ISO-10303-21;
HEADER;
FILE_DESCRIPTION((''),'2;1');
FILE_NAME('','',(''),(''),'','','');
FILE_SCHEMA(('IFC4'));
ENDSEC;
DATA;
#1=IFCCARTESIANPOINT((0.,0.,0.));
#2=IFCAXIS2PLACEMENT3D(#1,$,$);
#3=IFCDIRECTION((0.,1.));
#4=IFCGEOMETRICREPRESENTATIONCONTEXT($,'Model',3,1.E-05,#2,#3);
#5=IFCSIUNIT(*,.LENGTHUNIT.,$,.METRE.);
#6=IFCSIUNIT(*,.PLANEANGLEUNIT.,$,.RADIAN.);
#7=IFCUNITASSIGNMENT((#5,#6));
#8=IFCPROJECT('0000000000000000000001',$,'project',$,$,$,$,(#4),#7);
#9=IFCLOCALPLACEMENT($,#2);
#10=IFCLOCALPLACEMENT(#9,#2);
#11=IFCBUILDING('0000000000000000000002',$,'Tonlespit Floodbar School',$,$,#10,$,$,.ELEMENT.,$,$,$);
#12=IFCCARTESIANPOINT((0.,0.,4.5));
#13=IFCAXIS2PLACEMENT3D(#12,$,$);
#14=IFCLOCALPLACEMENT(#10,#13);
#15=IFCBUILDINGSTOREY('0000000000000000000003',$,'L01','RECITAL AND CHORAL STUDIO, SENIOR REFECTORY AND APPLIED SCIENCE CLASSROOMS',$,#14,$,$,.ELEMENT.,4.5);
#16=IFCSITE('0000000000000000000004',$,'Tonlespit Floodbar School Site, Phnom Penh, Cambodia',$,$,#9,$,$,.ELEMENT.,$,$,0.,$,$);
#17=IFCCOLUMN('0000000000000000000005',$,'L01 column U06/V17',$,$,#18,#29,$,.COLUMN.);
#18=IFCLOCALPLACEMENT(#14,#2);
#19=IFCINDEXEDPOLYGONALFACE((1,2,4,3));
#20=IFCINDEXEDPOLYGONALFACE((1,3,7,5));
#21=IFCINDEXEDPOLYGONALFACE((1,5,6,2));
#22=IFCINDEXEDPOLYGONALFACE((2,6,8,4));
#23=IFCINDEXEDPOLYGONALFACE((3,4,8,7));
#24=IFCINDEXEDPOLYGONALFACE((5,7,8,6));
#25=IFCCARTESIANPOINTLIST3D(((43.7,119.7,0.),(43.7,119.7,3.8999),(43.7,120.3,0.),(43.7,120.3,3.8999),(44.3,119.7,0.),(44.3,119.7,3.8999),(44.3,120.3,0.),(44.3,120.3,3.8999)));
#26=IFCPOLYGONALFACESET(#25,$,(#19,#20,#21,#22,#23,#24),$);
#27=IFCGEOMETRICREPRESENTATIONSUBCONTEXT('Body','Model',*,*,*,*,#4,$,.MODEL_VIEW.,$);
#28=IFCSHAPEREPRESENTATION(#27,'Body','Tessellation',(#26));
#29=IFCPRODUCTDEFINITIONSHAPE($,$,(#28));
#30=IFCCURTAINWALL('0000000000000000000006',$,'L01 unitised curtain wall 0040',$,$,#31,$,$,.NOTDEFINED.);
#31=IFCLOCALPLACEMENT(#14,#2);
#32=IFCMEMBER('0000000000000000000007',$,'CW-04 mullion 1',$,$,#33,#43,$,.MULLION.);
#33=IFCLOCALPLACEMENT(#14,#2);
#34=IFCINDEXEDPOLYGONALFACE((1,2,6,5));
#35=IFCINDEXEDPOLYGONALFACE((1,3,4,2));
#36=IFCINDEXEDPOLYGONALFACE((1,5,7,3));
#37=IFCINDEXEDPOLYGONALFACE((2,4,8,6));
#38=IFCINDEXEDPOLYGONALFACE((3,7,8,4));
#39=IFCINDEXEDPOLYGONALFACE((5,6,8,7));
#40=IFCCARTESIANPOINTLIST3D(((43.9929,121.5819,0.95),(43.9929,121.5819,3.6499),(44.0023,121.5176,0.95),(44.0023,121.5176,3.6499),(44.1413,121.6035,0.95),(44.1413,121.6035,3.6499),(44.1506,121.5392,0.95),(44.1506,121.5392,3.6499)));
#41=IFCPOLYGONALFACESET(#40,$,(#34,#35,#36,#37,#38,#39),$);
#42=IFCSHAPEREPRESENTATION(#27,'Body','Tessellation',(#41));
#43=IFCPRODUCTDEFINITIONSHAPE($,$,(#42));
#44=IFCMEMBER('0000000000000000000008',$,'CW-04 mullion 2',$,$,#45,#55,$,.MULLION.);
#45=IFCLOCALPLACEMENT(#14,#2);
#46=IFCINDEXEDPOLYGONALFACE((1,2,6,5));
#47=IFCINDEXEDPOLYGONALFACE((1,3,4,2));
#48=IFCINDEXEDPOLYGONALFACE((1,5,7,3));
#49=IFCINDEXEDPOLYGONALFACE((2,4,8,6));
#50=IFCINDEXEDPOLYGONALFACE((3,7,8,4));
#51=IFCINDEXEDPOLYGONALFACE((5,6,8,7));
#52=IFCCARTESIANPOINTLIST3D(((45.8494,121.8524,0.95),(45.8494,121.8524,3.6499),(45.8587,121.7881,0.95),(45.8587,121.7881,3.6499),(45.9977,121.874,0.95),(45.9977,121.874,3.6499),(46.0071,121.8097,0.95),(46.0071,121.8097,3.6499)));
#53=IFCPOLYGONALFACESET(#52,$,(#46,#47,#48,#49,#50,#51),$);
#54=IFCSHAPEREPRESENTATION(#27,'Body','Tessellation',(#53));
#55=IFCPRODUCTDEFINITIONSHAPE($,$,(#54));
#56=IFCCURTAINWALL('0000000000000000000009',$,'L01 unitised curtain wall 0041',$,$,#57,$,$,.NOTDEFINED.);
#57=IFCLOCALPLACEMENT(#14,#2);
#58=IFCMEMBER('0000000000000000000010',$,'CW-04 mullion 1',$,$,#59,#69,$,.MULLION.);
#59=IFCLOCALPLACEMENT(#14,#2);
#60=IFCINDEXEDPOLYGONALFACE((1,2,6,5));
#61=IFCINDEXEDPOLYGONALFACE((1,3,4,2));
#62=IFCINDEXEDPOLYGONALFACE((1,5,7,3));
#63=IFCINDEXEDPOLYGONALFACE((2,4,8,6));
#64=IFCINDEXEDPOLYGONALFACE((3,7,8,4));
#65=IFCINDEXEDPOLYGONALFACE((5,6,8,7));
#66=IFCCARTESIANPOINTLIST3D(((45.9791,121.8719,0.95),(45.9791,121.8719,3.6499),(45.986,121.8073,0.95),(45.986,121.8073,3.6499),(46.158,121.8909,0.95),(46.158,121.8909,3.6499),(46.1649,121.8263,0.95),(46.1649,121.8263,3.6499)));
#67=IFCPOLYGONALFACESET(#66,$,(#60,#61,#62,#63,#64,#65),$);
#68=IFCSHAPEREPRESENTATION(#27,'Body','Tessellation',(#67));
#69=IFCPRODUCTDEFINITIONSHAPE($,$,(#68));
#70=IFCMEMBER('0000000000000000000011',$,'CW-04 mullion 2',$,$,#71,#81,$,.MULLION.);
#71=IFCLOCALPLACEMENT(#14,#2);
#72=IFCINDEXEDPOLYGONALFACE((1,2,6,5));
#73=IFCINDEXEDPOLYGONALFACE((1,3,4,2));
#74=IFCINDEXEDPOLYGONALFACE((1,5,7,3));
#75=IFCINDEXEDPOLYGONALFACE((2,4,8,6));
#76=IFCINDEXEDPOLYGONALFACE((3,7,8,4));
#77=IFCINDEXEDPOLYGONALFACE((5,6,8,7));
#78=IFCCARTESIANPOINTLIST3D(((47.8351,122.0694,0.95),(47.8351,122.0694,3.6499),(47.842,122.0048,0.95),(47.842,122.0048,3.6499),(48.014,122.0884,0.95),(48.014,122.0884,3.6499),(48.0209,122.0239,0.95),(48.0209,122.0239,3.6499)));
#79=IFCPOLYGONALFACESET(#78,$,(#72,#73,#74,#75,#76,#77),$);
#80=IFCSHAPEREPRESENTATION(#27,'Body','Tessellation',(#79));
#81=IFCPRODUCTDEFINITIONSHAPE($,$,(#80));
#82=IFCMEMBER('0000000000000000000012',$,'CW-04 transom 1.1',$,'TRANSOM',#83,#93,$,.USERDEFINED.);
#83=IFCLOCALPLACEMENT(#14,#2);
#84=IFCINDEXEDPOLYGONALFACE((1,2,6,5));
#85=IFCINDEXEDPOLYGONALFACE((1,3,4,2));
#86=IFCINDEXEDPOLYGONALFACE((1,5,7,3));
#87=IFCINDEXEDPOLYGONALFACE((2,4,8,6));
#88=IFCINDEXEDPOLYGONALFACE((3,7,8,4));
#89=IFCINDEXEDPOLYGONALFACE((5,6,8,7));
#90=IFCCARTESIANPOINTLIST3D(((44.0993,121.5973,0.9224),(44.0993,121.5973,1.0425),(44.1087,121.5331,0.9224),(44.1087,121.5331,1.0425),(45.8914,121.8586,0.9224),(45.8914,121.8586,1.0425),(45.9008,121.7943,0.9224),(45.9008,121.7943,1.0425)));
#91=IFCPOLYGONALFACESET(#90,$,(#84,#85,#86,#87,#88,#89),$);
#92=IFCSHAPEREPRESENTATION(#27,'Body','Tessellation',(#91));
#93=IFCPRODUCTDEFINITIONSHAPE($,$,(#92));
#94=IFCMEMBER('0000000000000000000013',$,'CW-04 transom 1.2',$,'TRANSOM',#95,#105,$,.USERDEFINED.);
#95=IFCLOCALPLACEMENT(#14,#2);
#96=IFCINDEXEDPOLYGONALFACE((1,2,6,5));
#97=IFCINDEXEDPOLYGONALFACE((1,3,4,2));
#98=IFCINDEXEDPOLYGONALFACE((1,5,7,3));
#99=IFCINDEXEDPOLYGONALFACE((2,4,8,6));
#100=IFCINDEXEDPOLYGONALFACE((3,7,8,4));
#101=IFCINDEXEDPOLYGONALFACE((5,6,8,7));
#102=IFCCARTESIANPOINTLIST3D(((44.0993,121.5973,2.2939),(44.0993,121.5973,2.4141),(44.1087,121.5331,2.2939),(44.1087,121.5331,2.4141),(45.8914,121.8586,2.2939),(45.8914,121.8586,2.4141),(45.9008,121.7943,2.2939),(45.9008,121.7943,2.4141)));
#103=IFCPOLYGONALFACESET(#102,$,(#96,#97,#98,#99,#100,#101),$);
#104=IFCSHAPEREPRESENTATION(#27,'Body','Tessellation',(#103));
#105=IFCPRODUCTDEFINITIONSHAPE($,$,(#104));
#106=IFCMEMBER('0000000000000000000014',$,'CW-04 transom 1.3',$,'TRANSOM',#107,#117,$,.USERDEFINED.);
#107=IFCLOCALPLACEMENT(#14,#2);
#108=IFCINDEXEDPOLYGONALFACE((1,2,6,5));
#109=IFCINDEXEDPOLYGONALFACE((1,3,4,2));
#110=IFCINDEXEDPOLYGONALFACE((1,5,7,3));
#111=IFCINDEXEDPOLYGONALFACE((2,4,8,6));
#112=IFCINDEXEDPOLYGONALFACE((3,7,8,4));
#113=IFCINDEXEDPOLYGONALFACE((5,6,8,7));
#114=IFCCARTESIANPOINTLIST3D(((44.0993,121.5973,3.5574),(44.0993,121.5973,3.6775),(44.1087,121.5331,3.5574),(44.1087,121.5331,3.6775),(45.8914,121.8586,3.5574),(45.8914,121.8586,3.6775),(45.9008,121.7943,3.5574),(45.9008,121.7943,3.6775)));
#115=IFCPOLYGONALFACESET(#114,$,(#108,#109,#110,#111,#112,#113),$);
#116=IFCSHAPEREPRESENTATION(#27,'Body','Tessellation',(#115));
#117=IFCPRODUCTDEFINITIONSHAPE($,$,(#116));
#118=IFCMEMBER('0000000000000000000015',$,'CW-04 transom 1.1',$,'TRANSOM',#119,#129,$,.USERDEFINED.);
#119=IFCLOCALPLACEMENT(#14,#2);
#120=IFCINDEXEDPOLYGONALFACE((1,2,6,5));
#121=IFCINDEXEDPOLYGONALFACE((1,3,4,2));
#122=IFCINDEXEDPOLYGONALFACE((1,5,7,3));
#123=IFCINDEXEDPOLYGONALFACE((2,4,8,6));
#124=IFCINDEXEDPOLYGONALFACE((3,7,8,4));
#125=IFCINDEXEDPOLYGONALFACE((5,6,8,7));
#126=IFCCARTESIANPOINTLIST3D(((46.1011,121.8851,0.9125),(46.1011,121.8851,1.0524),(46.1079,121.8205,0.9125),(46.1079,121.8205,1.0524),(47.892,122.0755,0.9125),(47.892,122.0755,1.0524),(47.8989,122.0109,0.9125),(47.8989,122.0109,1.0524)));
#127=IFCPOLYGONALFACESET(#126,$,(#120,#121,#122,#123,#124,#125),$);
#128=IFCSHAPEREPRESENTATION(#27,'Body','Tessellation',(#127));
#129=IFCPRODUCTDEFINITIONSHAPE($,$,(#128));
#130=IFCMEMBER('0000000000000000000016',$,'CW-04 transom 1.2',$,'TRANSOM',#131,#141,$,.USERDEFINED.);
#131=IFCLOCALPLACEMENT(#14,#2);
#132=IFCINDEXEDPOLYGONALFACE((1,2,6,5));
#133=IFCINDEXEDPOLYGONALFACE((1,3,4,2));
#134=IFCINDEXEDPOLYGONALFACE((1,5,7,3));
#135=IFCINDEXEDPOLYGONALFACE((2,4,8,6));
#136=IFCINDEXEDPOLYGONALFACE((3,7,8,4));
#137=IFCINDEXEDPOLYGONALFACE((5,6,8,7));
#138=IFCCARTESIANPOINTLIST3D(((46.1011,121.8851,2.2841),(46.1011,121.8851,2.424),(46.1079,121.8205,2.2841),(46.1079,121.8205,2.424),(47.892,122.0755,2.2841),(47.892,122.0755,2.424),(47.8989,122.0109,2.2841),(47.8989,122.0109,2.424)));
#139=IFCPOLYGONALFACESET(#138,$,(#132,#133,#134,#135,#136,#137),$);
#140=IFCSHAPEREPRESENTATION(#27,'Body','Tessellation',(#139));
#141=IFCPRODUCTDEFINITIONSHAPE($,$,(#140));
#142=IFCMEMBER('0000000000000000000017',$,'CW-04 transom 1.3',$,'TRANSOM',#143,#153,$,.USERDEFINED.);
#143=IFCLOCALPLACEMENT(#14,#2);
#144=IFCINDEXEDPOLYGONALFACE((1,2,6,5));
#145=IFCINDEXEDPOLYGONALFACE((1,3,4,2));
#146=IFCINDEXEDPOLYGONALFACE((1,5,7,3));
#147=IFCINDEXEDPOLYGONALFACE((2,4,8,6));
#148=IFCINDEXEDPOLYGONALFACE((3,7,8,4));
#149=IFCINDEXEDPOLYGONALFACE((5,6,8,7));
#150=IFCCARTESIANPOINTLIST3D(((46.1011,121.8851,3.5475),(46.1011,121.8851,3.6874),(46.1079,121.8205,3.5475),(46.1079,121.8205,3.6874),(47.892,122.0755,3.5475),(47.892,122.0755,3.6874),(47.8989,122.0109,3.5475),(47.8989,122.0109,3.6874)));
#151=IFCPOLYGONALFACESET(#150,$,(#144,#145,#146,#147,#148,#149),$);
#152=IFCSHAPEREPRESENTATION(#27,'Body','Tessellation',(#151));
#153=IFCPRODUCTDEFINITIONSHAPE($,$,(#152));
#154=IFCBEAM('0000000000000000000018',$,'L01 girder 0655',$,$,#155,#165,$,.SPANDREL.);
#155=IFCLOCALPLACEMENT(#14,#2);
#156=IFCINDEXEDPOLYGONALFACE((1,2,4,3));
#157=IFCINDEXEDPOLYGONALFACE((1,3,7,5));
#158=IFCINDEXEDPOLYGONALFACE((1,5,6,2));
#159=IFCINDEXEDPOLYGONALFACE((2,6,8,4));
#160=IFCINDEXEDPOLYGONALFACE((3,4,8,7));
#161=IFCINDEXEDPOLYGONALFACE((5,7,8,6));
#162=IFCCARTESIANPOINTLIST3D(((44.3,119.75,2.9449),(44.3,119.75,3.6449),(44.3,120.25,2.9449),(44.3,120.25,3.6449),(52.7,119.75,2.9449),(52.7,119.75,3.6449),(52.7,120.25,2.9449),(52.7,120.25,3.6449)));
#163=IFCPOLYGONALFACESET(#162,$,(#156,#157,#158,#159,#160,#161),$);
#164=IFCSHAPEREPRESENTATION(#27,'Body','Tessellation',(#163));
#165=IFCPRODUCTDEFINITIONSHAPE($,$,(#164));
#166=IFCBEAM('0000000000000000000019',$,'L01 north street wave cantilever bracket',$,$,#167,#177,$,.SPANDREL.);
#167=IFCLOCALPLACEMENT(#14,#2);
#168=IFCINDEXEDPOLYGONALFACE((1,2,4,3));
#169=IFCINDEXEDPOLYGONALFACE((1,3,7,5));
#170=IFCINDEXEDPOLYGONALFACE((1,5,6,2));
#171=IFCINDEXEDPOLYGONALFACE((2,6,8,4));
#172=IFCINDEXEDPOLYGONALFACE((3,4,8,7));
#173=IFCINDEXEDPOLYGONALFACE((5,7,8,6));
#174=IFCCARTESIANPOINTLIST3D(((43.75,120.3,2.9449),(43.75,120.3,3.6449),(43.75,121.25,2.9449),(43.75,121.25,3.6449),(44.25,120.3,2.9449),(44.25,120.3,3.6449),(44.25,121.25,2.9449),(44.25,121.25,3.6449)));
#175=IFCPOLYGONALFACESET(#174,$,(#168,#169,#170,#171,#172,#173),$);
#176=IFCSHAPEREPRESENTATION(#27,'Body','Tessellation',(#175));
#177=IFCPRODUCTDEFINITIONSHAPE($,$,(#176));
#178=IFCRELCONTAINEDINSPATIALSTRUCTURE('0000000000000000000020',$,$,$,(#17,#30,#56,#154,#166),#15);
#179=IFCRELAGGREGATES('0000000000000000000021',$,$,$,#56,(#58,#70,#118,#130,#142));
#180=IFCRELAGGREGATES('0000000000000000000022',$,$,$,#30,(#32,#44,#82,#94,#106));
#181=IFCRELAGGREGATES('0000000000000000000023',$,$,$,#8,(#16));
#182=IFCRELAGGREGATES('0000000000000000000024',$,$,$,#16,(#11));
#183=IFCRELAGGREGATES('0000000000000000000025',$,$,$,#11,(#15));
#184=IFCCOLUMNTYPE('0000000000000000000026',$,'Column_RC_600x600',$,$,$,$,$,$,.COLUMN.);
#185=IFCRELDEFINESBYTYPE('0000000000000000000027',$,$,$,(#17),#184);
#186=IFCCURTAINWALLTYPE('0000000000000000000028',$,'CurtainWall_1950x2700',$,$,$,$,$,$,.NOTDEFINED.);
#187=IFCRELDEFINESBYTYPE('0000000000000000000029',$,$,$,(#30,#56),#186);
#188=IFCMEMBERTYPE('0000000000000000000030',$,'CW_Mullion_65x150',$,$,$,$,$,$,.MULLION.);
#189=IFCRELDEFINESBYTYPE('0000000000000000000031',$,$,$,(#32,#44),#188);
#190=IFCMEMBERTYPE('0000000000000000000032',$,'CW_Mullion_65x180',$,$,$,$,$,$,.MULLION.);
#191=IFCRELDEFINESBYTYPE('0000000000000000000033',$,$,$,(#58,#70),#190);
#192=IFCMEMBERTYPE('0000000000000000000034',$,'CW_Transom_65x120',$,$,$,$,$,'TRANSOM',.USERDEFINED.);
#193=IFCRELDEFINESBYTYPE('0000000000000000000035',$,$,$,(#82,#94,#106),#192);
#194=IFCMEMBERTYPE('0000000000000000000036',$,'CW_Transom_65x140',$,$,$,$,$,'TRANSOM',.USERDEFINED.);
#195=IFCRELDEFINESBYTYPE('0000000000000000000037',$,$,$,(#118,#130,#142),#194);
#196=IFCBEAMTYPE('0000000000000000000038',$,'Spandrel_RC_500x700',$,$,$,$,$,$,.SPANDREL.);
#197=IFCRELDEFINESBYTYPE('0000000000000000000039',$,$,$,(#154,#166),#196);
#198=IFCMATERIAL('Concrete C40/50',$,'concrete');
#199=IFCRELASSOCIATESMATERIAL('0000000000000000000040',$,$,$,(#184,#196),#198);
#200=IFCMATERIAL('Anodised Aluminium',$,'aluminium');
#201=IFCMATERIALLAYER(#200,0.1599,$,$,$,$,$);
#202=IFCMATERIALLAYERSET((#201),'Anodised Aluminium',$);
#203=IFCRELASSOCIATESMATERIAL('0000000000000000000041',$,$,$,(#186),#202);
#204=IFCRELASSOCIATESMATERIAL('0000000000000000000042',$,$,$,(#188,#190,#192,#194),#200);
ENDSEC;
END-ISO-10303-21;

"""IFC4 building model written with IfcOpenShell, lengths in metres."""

from ifc_helpers import new_model, si_unit, direction, frame, origin, origin_2d, place, context, subcontext, project, spatial, rectangle, extrude, material, layer, layer_set, material_profile, profile_set, type_object, element, aggregate, save


model = new_model("IFC4")

# Units and contexts
model_context = context("Model", 3, precision=1e-05, world=origin(), true_north=direction((0.0, 1.0)))
body_context = subcontext(model_context, "Body", "Model", "MODEL_VIEW")
ifc_project = project(units=[si_unit("LENGTHUNIT", "METRE"), si_unit("PLANEANGLEUNIT", "RADIAN")], contexts=[model_context])

# Site, building, storey
site_placement = place(None, origin())
site = spatial("IfcSite", under=ifc_project, at=site_placement, Name="Tonlespit Floodbar School Site, Phnom Penh, Cambodia", CompositionType="ELEMENT", RefElevation=0.0)
building_placement = place(site_placement, origin())
building = spatial("IfcBuilding", under=site, at=building_placement, Name="Tonlespit Floodbar School", CompositionType="ELEMENT")
storey_placement = place(building_placement, frame((0.0, 0.0, 4.5)))
storey = spatial("IfcBuildingStorey", under=building, at=storey_placement, Name="L01", Description="RECITAL AND CHORAL STUDIO, SENIOR REFECTORY AND APPLIED SCIENCE CLASSROOMS", CompositionType="ELEMENT", Elevation=4.5)

# Column
ifc_material_1 = material(Name="Concrete C40/50", Category="concrete")
ifc_material_profile_1 = material_profile(ifc_material_1, rectangle(XDim=0.6001, YDim=0.6001, at=origin_2d()), Name="RC 600x600")
ifc_profile_set_1 = profile_set([ifc_material_profile_1], Name="Concrete C40/50")
column_type = type_object("IfcColumnType", Name="Column_RC_600x600", PredefinedType="COLUMN", material=ifc_profile_set_1)
column_placement = place(storey_placement, frame((44.0, 120.0, 0.0), z_axis=(0.0, 0.0, 1.0), x_axis=(1.0, 0.0, 0.0)))
element("IfcColumn", 1, at=column_placement, inside=storey, type_object=column_type, Name="L01 column U06/V17", PredefinedType="COLUMN", context=body_context, shape_type="SweptSolid", body=[
    extrude(rectangle(XDim=0.6001, YDim=0.6001, at=origin_2d()), origin(), (0.0, 0.0, 1.0), 3.8999),
])

# Curtain walls, members
ifc_material_2 = material(Name="Anodised Aluminium", Category="aluminium")
ifc_layer_1 = layer(ifc_material_2, 0.1599)
ifc_layer_set_1 = layer_set([ifc_layer_1], Name="Anodised Aluminium")
curtain_wall_type = type_object("IfcCurtainWallType", Name="CurtainWall_1950x2700", PredefinedType="NOTDEFINED", material=ifc_layer_set_1)
curtain_wall_1_placement = place(storey_placement, origin())
curtain_wall_1 = element("IfcCurtainWall", 2, at=curtain_wall_1_placement, inside=storey, type_object=curtain_wall_type, Name="L01 unitised curtain wall 0040", PredefinedType="NOTDEFINED")
ifc_material_profile_2 = material_profile(ifc_material_2, rectangle(XDim=0.0649, YDim=0.1499, at=origin_2d()), Name="ALU M65x150")
ifc_profile_set_2 = profile_set([ifc_material_profile_2], Name="Anodised Aluminium")
member_type_1 = type_object("IfcMemberType", Name="CW_Mullion_65x150", PredefinedType="MULLION", material=ifc_profile_set_2)
member_1_placement = place(storey_placement, frame((44.0718, 121.5605, 0.95), z_axis=(0.0, 0.0, 1.0), x_axis=(-0.144248, 0.989542, 0.0)))
member_1 = element("IfcMember", 3, at=member_1_placement, type_object=member_type_1, Name="CW-04 mullion 1", PredefinedType="MULLION", context=body_context, shape_type="SweptSolid", body=[
    extrude(rectangle(XDim=0.0649, YDim=0.1499, at=origin_2d()), origin(), (0.0, 0.0, 1.0), 2.7),
])
member_2_placement = place(storey_placement, frame((45.9282, 121.8311, 0.95), z_axis=(0.0, 0.0, 1.0), x_axis=(-0.144248, 0.989542, 0.0)))
member_2 = element("IfcMember", 4, at=member_2_placement, type_object=member_type_1, Name="CW-04 mullion 2", PredefinedType="MULLION", context=body_context, shape_type="SweptSolid", body=[
    extrude(rectangle(XDim=0.0649, YDim=0.1499, at=origin_2d()), origin(), (0.0, 0.0, 1.0), 2.7),
])
curtain_wall_2_placement = place(storey_placement, origin())
curtain_wall_2 = element("IfcCurtainWall", 5, at=curtain_wall_2_placement, inside=storey, type_object=curtain_wall_type, Name="L01 unitised curtain wall 0041", PredefinedType="NOTDEFINED")
ifc_material_profile_3 = material_profile(ifc_material_2, rectangle(XDim=0.0649, YDim=0.1799, at=origin_2d()), Name="ALU M65x180")
ifc_profile_set_3 = profile_set([ifc_material_profile_3], Name="Anodised Aluminium")
member_type_2 = type_object("IfcMemberType", Name="CW_Mullion_65x180", PredefinedType="MULLION", material=ifc_profile_set_3)
member_3_placement = place(storey_placement, frame((46.072, 121.8491, 0.95), z_axis=(0.0, 0.0, 1.0), x_axis=(-0.105787, 0.994389, 0.0)))
member_3 = element("IfcMember", 6, at=member_3_placement, type_object=member_type_2, Name="CW-04 mullion 1", PredefinedType="MULLION", context=body_context, shape_type="SweptSolid", body=[
    extrude(rectangle(XDim=0.0649, YDim=0.1799, at=origin_2d()), origin(), (0.0, 0.0, 1.0), 2.7),
])
member_4_placement = place(storey_placement, frame((47.928, 122.0466, 0.95), z_axis=(0.0, 0.0, 1.0), x_axis=(-0.105787, 0.994389, 0.0)))
member_4 = element("IfcMember", 7, at=member_4_placement, type_object=member_type_2, Name="CW-04 mullion 2", PredefinedType="MULLION", context=body_context, shape_type="SweptSolid", body=[
    extrude(rectangle(XDim=0.0649, YDim=0.1799, at=origin_2d()), origin(), (0.0, 0.0, 1.0), 2.7),
])

# Members
ifc_material_profile_4 = material_profile(ifc_material_2, rectangle(XDim=0.0649, YDim=0.1201, at=origin_2d()), Name="ALU T65x120")
ifc_profile_set_4 = profile_set([ifc_material_profile_4], Name="Anodised Aluminium")
member_type_3 = type_object("IfcMemberType", Name="CW_Transom_65x120", ElementType="TRANSOM", PredefinedType="USERDEFINED", material=ifc_profile_set_4)
member_5_placement = place(storey_placement, frame((44.104, 121.5652, 0.9824), z_axis=(0.989541, 0.144252, 0.0), x_axis=(-0.144252, 0.989541, 0.0)))
member_5 = element("IfcMember", 8, at=member_5_placement, type_object=member_type_3, Name="CW-04 transom 1.1", ObjectType="TRANSOM", PredefinedType="USERDEFINED", context=body_context, shape_type="SweptSolid", body=[
    extrude(rectangle(XDim=0.0649, YDim=0.1201, at=origin_2d()), origin(), (0.0, 0.0, 1.0), 1.811),
])
member_6_placement = place(storey_placement, frame((44.104, 121.5652, 2.354), z_axis=(0.989541, 0.144252, 0.0), x_axis=(-0.144252, 0.989541, 0.0)))
member_6 = element("IfcMember", 9, at=member_6_placement, type_object=member_type_3, Name="CW-04 transom 1.2", ObjectType="TRANSOM", PredefinedType="USERDEFINED", context=body_context, shape_type="SweptSolid", body=[
    extrude(rectangle(XDim=0.0649, YDim=0.1201, at=origin_2d()), origin(), (0.0, 0.0, 1.0), 1.811),
])
member_7_placement = place(storey_placement, frame((44.104, 121.5652, 3.6174), z_axis=(0.989541, 0.144252, 0.0), x_axis=(-0.144252, 0.989541, 0.0)))
member_7 = element("IfcMember", 10, at=member_7_placement, type_object=member_type_3, Name="CW-04 transom 1.3", ObjectType="TRANSOM", PredefinedType="USERDEFINED", context=body_context, shape_type="SweptSolid", body=[
    extrude(rectangle(XDim=0.0649, YDim=0.1201, at=origin_2d()), origin(), (0.0, 0.0, 1.0), 1.811),
])
ifc_material_profile_5 = material_profile(ifc_material_2, rectangle(XDim=0.0649, YDim=0.1399, at=origin_2d()), Name="ALU T65x140")
ifc_profile_set_5 = profile_set([ifc_material_profile_5], Name="Anodised Aluminium")
member_type_4 = type_object("IfcMemberType", Name="CW_Transom_65x140", ElementType="TRANSOM", PredefinedType="USERDEFINED", material=ifc_profile_set_5)
member_8_placement = place(storey_placement, frame((46.1045, 121.8528, 0.9824), z_axis=(0.994395, 0.105729, 0.0), x_axis=(-0.105729, 0.994395, 0.0)))
member_8 = element("IfcMember", 11, at=member_8_placement, type_object=member_type_4, Name="CW-04 transom 1.1", ObjectType="TRANSOM", PredefinedType="USERDEFINED", context=body_context, shape_type="SweptSolid", body=[
    extrude(rectangle(XDim=0.0649, YDim=0.1399, at=origin_2d()), origin(), (0.0, 0.0, 1.0), 1.801),
])
member_9_placement = place(storey_placement, frame((46.1045, 121.8528, 2.354), z_axis=(0.994395, 0.105729, 0.0), x_axis=(-0.105729, 0.994395, 0.0)))
member_9 = element("IfcMember", 12, at=member_9_placement, type_object=member_type_4, Name="CW-04 transom 1.2", ObjectType="TRANSOM", PredefinedType="USERDEFINED", context=body_context, shape_type="SweptSolid", body=[
    extrude(rectangle(XDim=0.0649, YDim=0.1399, at=origin_2d()), origin(), (0.0, 0.0, 1.0), 1.801),
])
member_10_placement = place(storey_placement, frame((46.1045, 121.8528, 3.6174), z_axis=(0.994395, 0.105729, 0.0), x_axis=(-0.105729, 0.994395, 0.0)))
member_10 = element("IfcMember", 13, at=member_10_placement, type_object=member_type_4, Name="CW-04 transom 1.3", ObjectType="TRANSOM", PredefinedType="USERDEFINED", context=body_context, shape_type="SweptSolid", body=[
    extrude(rectangle(XDim=0.0649, YDim=0.1399, at=origin_2d()), origin(), (0.0, 0.0, 1.0), 1.801),
])

# Beams
ifc_material_profile_6 = material_profile(ifc_material_1, rectangle(XDim=0.5, YDim=0.7, at=origin_2d()), Name="RC 500x700")
ifc_profile_set_6 = profile_set([ifc_material_profile_6], Name="Concrete C40/50")
beam_type = type_object("IfcBeamType", Name="Spandrel_RC_500x700", PredefinedType="SPANDREL", material=ifc_profile_set_6)
beam_1_placement = place(storey_placement, frame((44.3, 120.0, 3.2949), z_axis=(1.0, 0.0, 0.0), x_axis=(0.0, 1.0, 0.0)))
element("IfcBeam", 14, at=beam_1_placement, inside=storey, type_object=beam_type, Name="L01 girder 0655", PredefinedType="SPANDREL", context=body_context, shape_type="SweptSolid", body=[
    extrude(rectangle(XDim=0.5, YDim=0.7, at=origin_2d()), origin(), (0.0, 0.0, 1.0), 8.3999),
])
beam_2_placement = place(storey_placement, frame((44.0, 120.3, 3.2949), z_axis=(0.0, 1.0, 0.0), x_axis=(-1.0, 0.0, 0.0)))
element("IfcBeam", 15, at=beam_2_placement, inside=storey, type_object=beam_type, Name="L01 north street wave cantilever bracket", PredefinedType="SPANDREL", context=body_context, shape_type="SweptSolid", body=[
    extrude(rectangle(XDim=0.5, YDim=0.7, at=origin_2d()), origin(), (0.0, 0.0, 1.0), 0.95),
])

aggregate(curtain_wall_2, [member_3, member_4, member_8, member_9, member_10])
aggregate(curtain_wall_1, [member_1, member_2, member_5, member_6, member_7])

save(model, "model.ifc")
